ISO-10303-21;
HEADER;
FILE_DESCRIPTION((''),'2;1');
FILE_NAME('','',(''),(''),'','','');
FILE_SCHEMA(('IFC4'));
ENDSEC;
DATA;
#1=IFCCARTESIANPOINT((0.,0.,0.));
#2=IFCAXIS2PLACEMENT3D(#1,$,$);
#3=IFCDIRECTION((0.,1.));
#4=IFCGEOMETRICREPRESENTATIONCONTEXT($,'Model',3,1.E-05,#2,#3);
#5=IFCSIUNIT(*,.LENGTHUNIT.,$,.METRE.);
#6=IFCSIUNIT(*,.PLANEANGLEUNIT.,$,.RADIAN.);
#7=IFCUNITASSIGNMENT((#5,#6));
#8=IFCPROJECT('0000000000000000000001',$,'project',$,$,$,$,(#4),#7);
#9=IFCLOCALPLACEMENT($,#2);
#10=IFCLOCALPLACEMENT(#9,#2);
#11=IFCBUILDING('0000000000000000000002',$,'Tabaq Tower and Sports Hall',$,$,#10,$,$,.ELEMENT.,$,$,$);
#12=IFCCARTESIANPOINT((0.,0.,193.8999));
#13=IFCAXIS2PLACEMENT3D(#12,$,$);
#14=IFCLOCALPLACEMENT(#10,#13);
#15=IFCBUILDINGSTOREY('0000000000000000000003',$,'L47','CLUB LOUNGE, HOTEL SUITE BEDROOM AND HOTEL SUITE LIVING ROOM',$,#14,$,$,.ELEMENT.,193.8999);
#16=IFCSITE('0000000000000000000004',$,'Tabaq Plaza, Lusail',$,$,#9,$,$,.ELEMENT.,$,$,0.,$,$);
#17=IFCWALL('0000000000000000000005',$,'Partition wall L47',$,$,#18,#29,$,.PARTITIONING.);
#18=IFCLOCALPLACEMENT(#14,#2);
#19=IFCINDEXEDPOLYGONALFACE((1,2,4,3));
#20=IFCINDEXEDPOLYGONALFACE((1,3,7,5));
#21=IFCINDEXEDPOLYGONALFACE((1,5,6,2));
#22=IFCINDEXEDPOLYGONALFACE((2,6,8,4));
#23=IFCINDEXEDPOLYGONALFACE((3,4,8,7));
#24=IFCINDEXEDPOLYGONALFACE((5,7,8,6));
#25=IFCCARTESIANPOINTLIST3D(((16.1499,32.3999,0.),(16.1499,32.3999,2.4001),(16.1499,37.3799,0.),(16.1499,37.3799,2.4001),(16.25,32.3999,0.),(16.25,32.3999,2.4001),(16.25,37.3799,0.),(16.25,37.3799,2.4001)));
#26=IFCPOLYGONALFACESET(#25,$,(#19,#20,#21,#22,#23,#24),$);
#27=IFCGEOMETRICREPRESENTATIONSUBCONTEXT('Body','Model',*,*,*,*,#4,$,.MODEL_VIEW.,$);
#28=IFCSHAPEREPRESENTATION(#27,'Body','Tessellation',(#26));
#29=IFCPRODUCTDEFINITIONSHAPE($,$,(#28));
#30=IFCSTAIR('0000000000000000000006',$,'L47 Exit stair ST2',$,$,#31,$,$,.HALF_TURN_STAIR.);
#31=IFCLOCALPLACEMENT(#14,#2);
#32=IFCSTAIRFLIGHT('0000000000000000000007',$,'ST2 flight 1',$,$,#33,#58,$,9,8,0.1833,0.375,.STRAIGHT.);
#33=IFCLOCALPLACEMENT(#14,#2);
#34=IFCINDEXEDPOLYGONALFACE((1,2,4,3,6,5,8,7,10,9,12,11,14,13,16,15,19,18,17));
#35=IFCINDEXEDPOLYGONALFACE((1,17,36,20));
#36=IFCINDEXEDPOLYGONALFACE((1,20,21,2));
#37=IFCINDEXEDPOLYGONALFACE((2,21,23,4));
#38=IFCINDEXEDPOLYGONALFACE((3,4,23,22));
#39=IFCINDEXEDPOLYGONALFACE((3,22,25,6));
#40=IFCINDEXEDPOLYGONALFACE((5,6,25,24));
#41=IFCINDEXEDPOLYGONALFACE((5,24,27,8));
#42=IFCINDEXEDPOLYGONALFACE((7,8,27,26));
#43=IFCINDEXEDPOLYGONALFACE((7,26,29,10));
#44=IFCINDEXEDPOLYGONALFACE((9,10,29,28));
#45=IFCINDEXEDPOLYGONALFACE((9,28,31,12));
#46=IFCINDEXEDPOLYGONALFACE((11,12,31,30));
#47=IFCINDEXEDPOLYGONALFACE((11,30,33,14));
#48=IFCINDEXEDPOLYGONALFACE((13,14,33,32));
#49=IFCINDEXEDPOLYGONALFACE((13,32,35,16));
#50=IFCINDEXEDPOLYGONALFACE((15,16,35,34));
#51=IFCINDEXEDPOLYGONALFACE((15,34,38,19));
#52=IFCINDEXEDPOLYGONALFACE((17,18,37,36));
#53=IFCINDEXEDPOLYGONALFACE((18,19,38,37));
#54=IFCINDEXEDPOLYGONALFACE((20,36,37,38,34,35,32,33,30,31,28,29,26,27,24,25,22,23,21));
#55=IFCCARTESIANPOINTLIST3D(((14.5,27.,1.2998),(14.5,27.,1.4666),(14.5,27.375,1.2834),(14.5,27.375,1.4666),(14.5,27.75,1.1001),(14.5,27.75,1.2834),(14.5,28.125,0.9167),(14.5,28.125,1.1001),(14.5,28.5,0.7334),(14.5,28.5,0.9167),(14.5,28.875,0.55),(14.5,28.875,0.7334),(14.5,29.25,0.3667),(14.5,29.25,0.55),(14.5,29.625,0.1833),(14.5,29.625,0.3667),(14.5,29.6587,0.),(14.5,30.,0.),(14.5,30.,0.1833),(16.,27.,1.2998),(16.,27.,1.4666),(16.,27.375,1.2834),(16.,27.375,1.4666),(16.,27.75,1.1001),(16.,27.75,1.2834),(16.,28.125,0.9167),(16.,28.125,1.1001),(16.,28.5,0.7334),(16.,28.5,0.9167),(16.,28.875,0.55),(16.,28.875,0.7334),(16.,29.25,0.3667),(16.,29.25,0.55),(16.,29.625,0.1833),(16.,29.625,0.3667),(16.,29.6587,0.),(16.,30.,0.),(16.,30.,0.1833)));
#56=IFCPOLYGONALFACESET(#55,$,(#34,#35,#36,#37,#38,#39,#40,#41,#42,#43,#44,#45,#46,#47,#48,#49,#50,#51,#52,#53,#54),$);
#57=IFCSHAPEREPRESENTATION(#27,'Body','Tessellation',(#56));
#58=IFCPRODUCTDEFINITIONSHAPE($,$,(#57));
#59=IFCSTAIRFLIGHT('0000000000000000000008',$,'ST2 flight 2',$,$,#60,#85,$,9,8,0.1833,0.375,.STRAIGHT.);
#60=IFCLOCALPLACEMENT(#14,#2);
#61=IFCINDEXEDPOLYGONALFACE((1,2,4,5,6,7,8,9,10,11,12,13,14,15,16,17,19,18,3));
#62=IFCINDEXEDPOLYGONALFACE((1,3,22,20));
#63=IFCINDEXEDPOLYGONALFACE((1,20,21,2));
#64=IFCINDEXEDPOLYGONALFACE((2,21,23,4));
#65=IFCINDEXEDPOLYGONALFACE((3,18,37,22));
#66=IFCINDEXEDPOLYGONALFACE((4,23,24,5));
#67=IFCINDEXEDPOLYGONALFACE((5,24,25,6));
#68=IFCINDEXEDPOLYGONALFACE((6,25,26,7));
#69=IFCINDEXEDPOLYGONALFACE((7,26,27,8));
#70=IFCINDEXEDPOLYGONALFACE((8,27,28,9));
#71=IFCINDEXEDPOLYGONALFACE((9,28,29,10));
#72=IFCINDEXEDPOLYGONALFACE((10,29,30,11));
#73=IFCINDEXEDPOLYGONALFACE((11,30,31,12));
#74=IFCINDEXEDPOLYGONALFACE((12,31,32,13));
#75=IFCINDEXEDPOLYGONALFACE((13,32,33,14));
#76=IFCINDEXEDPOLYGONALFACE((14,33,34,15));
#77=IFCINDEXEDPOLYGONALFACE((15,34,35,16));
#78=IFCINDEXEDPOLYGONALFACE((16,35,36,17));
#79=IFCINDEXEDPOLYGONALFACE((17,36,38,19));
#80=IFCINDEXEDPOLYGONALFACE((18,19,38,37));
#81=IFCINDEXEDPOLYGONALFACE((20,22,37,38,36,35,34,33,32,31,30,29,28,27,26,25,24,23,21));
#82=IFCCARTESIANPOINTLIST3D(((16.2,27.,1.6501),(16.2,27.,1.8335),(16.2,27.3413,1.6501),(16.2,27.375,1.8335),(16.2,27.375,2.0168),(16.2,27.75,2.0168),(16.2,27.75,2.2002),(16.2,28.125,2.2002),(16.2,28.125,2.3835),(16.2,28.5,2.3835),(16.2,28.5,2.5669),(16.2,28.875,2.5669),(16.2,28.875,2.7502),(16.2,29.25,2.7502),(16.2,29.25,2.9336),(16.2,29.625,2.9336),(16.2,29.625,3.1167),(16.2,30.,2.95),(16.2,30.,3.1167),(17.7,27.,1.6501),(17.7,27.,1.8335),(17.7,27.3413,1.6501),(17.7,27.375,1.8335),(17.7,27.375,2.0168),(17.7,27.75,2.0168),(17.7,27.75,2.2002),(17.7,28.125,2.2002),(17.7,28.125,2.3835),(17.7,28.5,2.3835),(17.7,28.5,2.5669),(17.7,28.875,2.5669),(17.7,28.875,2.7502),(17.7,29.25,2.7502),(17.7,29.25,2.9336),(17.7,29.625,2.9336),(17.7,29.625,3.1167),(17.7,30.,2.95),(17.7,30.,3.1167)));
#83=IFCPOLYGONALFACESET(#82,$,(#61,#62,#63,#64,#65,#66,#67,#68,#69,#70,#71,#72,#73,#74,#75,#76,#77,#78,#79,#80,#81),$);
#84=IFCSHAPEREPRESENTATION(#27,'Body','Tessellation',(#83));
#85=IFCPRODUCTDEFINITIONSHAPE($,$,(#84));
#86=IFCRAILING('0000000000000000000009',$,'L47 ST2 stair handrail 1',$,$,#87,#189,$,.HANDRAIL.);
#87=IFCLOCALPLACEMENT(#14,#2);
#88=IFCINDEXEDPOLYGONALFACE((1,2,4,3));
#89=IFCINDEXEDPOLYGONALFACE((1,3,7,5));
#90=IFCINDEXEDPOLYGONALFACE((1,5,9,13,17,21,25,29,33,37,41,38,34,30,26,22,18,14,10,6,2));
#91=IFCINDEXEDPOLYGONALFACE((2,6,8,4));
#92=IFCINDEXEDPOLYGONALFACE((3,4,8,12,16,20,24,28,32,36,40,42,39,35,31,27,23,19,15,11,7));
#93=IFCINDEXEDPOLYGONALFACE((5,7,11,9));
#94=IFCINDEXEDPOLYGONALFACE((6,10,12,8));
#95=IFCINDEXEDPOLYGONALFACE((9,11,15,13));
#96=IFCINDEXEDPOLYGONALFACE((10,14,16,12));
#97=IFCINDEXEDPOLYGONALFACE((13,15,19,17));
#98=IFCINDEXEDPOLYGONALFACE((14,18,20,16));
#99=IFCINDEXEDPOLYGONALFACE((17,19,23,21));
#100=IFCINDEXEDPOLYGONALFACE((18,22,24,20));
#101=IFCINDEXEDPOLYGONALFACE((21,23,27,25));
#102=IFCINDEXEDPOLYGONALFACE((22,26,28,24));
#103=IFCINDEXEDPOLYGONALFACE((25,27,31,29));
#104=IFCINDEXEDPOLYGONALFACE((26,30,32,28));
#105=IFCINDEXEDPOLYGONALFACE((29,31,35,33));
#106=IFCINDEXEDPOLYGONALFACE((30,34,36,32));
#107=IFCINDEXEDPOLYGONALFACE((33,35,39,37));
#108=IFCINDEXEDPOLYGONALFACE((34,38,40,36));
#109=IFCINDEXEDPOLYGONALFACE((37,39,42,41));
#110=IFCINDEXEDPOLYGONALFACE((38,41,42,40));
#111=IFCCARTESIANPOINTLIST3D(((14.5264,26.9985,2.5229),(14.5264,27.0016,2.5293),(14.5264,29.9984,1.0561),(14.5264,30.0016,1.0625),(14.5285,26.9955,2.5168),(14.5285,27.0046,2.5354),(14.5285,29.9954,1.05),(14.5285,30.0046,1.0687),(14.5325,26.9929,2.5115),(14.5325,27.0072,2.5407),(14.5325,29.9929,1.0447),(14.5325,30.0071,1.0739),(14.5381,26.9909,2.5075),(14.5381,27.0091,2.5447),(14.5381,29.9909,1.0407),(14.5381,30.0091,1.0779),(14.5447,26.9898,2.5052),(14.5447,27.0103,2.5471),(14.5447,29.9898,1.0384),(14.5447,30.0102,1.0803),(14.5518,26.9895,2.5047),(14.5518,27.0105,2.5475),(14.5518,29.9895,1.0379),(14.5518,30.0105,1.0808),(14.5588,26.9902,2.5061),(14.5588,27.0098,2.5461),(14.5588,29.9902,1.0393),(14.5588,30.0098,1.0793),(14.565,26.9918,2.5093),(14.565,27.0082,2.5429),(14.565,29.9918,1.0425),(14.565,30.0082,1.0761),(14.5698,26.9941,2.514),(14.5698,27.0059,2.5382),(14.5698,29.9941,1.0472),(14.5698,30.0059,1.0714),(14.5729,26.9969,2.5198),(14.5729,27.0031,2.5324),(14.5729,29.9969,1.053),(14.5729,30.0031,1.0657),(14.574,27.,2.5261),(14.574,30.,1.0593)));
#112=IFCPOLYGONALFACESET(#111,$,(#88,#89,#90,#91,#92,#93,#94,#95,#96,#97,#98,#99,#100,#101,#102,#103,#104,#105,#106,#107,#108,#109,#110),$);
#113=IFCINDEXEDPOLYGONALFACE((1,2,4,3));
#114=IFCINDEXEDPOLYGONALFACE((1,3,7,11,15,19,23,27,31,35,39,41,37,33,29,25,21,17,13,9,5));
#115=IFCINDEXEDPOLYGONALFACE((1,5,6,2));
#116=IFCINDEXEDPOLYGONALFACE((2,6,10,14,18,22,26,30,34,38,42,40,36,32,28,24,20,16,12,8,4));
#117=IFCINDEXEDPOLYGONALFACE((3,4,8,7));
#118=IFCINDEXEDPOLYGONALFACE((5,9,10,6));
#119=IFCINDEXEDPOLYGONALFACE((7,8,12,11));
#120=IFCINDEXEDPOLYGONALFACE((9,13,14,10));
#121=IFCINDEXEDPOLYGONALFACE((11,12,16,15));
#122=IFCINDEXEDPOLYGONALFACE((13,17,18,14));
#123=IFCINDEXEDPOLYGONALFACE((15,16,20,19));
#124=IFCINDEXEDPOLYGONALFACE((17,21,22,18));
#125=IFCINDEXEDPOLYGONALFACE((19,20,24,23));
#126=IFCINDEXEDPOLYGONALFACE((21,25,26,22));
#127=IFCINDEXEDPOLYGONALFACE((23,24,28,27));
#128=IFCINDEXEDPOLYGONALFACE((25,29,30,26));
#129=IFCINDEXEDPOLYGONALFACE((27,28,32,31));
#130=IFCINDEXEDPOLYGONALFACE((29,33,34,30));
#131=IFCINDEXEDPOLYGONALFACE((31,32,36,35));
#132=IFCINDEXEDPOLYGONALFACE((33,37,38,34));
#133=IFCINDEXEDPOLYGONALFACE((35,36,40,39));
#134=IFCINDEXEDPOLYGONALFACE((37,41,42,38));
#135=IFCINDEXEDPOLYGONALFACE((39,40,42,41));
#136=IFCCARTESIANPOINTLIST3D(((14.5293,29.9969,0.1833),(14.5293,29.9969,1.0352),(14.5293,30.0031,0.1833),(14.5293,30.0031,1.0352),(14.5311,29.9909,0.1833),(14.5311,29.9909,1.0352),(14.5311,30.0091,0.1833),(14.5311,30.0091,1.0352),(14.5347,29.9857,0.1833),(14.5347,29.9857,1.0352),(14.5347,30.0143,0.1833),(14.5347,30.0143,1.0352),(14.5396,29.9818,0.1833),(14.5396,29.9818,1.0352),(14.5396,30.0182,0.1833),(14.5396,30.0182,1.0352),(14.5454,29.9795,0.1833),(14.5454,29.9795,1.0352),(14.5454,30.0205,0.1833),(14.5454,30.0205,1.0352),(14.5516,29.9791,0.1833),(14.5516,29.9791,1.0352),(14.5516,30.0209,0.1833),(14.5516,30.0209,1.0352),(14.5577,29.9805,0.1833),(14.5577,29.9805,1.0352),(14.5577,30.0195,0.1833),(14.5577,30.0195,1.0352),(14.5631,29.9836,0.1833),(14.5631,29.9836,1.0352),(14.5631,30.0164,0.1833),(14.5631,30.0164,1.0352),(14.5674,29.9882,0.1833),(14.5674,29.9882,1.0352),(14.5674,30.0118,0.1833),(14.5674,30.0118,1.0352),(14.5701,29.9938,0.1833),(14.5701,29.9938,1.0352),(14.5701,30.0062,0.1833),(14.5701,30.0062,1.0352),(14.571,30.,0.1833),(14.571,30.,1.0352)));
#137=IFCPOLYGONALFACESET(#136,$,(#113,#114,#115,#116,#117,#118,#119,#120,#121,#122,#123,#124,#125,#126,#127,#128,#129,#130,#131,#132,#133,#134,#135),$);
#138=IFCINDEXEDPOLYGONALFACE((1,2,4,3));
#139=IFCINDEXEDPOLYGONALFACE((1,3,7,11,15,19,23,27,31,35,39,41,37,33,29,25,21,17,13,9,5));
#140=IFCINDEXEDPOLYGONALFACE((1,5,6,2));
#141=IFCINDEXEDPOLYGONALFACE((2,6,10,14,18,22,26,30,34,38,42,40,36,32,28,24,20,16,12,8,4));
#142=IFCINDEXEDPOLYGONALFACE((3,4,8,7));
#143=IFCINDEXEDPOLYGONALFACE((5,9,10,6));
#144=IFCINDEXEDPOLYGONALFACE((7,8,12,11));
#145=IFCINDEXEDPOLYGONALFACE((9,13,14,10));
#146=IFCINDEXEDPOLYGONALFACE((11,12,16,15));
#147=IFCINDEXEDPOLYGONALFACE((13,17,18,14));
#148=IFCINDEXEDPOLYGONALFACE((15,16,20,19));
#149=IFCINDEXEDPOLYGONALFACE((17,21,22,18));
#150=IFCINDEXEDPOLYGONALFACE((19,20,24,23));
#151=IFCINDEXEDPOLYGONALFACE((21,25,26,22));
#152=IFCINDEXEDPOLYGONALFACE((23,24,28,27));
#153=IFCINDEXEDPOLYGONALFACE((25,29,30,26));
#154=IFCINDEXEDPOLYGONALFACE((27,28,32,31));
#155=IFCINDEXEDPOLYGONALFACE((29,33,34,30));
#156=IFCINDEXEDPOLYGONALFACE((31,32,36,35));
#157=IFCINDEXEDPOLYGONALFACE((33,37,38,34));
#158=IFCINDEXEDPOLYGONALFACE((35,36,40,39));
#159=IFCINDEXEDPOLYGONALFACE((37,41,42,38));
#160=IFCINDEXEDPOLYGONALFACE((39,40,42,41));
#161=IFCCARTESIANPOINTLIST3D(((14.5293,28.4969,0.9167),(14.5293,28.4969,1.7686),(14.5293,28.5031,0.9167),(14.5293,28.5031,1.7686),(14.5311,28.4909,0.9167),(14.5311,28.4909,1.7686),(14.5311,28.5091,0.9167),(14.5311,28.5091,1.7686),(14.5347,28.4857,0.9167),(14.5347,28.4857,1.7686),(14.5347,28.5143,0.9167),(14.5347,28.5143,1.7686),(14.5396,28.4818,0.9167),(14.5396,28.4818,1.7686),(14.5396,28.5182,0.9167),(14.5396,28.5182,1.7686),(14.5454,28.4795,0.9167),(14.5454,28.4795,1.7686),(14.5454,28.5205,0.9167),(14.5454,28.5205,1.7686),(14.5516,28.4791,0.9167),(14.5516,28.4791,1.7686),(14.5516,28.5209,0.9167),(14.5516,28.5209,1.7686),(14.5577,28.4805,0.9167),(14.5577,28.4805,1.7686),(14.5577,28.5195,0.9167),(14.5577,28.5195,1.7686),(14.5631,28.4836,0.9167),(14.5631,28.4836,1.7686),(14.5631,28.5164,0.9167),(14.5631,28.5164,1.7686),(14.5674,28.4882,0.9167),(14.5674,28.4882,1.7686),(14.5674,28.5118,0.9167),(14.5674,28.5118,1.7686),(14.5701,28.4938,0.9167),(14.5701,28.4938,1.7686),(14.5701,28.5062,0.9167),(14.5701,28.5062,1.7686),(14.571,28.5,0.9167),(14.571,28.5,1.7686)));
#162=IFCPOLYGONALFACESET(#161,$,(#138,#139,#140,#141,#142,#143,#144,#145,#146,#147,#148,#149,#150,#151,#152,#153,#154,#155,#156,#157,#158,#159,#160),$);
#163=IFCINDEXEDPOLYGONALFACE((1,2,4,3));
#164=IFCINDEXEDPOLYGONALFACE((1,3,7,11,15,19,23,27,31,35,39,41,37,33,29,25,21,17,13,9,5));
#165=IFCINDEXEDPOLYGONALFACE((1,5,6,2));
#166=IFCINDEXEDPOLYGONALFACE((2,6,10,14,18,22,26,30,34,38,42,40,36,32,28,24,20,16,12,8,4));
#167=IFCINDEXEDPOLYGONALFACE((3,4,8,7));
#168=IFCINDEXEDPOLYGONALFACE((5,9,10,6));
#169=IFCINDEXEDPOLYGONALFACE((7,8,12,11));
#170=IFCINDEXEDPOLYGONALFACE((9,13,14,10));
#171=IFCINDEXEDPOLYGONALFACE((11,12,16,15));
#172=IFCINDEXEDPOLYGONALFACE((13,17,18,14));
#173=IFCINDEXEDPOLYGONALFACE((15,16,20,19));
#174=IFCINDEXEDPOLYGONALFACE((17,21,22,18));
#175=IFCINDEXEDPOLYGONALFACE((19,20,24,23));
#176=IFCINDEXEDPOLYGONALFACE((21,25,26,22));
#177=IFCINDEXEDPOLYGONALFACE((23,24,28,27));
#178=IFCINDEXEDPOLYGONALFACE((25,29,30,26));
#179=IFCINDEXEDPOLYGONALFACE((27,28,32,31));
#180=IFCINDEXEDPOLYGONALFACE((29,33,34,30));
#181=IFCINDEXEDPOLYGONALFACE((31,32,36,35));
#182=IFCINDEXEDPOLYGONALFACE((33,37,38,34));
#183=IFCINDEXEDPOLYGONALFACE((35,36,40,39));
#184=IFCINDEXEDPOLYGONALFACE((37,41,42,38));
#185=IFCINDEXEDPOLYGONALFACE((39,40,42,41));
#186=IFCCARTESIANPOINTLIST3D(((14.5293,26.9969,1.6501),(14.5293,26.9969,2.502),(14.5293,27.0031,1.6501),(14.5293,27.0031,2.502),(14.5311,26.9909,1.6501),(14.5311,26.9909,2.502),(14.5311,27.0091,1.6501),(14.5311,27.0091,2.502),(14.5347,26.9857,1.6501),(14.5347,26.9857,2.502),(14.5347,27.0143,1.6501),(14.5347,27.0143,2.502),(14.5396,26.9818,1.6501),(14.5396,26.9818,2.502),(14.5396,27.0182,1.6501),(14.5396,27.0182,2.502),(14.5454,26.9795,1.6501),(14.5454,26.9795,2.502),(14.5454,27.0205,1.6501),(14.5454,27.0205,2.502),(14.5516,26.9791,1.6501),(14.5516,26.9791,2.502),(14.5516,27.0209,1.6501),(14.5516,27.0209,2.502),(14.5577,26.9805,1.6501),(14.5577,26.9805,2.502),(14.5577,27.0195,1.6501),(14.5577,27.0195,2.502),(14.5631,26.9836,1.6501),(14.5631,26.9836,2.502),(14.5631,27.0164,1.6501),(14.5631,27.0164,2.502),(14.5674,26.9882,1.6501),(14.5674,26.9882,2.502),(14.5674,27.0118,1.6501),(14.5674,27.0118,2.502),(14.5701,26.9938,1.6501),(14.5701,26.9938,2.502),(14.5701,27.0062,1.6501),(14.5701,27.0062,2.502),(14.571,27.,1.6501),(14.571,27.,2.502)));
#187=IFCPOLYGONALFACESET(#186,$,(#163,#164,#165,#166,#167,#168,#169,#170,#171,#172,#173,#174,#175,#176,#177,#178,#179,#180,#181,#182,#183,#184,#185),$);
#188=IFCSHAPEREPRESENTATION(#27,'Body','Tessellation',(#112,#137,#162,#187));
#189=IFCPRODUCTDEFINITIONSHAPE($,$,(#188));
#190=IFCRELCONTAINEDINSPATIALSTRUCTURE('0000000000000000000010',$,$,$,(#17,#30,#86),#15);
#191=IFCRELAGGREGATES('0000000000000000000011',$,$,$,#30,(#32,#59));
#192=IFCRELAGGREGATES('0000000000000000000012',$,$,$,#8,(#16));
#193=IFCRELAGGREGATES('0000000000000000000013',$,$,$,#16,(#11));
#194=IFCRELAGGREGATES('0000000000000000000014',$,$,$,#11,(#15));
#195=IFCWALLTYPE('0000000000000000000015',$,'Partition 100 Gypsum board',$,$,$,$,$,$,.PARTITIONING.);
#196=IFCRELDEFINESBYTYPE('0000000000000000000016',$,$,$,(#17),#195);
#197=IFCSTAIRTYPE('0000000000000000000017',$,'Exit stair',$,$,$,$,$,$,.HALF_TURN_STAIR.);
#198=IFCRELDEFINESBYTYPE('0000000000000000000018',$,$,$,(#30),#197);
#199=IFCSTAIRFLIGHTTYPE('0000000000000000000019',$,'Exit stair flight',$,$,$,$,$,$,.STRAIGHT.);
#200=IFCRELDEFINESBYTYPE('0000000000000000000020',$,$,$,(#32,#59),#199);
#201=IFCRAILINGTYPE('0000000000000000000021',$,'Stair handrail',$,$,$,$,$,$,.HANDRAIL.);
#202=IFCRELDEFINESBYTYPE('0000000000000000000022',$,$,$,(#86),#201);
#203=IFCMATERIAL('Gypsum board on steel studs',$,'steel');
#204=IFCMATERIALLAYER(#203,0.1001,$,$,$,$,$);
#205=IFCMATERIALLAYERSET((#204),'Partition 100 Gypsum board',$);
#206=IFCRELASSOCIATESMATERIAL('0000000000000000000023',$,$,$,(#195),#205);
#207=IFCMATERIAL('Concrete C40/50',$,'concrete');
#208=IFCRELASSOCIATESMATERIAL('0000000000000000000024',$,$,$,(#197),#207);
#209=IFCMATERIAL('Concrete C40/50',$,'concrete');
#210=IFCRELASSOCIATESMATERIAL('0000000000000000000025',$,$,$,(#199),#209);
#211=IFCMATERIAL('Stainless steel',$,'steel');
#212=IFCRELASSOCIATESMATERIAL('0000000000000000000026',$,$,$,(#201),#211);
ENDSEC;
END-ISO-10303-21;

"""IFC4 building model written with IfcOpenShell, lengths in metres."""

from ifc_helpers import new_model, si_unit, direction, frame, frame_2d, origin, origin_2d, place, context, subcontext, project, spatial, polyline, rectangle, circle, outline, extrude, material, layer, layer_set, type_object, element, aggregate, save


model = new_model("IFC4")

# Units and contexts
model_context = context("Model", 3, precision=1e-05, world=origin(), true_north=direction((0.0, 1.0)))
body_context = subcontext(model_context, "Body", "Model", "MODEL_VIEW")
ifc_project = project(units=[si_unit("LENGTHUNIT", "METRE"), si_unit("PLANEANGLEUNIT", "RADIAN")], contexts=[model_context])

# Site, building, storey
site_placement = place(None, origin())
site = spatial("IfcSite", under=ifc_project, at=site_placement, Name="Tabaq Plaza, Lusail", CompositionType="ELEMENT", RefElevation=0.0)
building_placement = place(site_placement, origin())
building = spatial("IfcBuilding", under=site, at=building_placement, Name="Tabaq Tower and Sports Hall", CompositionType="ELEMENT")
storey_placement = place(building_placement, frame((0.0, 0.0, 193.8999)))
storey = spatial("IfcBuildingStorey", under=building, at=storey_placement, Name="L47", Description="CLUB LOUNGE, HOTEL SUITE BEDROOM AND HOTEL SUITE LIVING ROOM", CompositionType="ELEMENT", Elevation=193.8999)

# Wall
ifc_material_1 = material(Name="Gypsum board on steel studs", Category="steel")
ifc_layer_1 = layer(ifc_material_1, 0.1001)
ifc_layer_set_1 = layer_set([ifc_layer_1], Name="Partition 100 Gypsum board")
wall_type_1 = type_object("IfcWallType", Name="Partition 100 Gypsum board", PredefinedType="PARTITIONING", material=ifc_layer_set_1)
wall_1_placement = place(storey_placement, frame((16.2, 37.3799, 0.0), z_axis=(0.0, 0.0, 1.0), x_axis=(0.0, -1.0, 0.0)))
element("IfcWall", 1, at=wall_1_placement, inside=storey, type_object=wall_type_1, Name="Partition wall L47", PredefinedType="PARTITIONING", context=body_context, shape_type="SweptSolid", body=[
    extrude(rectangle(XDim=4.98, YDim=0.1001, at=frame_2d((2.49, 0.0))), origin(), (0.0, 0.0, 1.0), 2.4001),
])

# Stair, stair flights
ifc_material_2 = material(Name="Concrete C40/50", Category="concrete")
stair_type = type_object("IfcStairType", Name="Exit stair", PredefinedType="HALF_TURN_STAIR", material=ifc_material_2)
stair_placement = place(storey_placement, origin())
stair = element("IfcStair", 2, at=stair_placement, inside=storey, type_object=stair_type, Name="L47 Exit stair ST2", PredefinedType="HALF_TURN_STAIR")
ifc_material_3 = material(Name="Concrete C40/50", Category="concrete")
stair_flight_type = type_object("IfcStairFlightType", Name="Exit stair flight", PredefinedType="STRAIGHT", material=ifc_material_3)
stair_flight_1_placement = place(storey_placement, frame((15.25, 30.0, 0.0), z_axis=(0.0, 0.0, 1.0), x_axis=(0.0, -1.0, 0.0)))
stair_flight_1 = element("IfcStairFlight", 3, at=stair_flight_1_placement, type_object=stair_flight_type, Name="ST2 flight 1", NumberOfRisers=9, NumberOfTreads=8, PredefinedType="STRAIGHT", RiserHeight=0.1833, TreadLength=0.375, context=body_context, shape_type="SweptSolid", body=[
    extrude(outline(polyline([(0.0, 0.0), (0.0, 0.1833), (0.375, 0.1833), (0.375, 0.3667), (0.75, 0.3667), (0.75, 0.55), (1.125, 0.55), (1.125, 0.7334), (1.5, 0.7334), (1.5, 0.9167), (1.875, 0.9167), (1.875, 1.1001), (2.25, 1.1001), (2.25, 1.2834), (2.625, 1.2834), (2.625, 1.4666), (3.0, 1.4666), (3.0, 1.6499), (3.0, 1.2998), (0.3413, 0.0), (0.0, 0.0)])), frame((0.0, 0.75, 0.0), z_axis=(0.0, -1.0, 0.0), x_axis=(1.0, 0.0, 0.0)), (0.0, 0.0, 1.0), 1.5),
])
stair_flight_2_placement = place(storey_placement, frame((16.95, 27.0, 1.6501), z_axis=(0.0, 0.0, 1.0), x_axis=(0.0, 1.0, 0.0)))
stair_flight_2 = element("IfcStairFlight", 4, at=stair_flight_2_placement, type_object=stair_flight_type, Name="ST2 flight 2", NumberOfRisers=9, NumberOfTreads=8, PredefinedType="STRAIGHT", RiserHeight=0.1833, TreadLength=0.375, context=body_context, shape_type="SweptSolid", body=[
    extrude(outline(polyline([(0.0, 0.0), (0.0, 0.1833), (0.375, 0.1833), (0.375, 0.3667), (0.75, 0.3667), (0.75, 0.55), (1.125, 0.55), (1.125, 0.7334), (1.5, 0.7334), (1.5, 0.9167), (1.875, 0.9167), (1.875, 1.1001), (2.25, 1.1001), (2.25, 1.2834), (2.625, 1.2834), (2.625, 1.4666), (3.0, 1.4666), (3.0, 1.6499), (3.0, 1.2998), (0.3413, 0.0), (0.0, 0.0)])), frame((0.0, 0.75, 0.0), z_axis=(0.0, -1.0, 0.0), x_axis=(1.0, 0.0, 0.0)), (0.0, 0.0, 1.0), 1.5),
])
aggregate(stair, [stair_flight_1, stair_flight_2])

# Railing
ifc_material_4 = material(Name="Stainless steel", Category="steel")
railing_type_1 = type_object("IfcRailingType", Name="Stair handrail", PredefinedType="HANDRAIL", material=ifc_material_4)
railing_1_placement = place(storey_placement, frame((14.55, 30.0, 0.1833)))
element("IfcRailing", 5, at=railing_1_placement, inside=storey, type_object=railing_type_1, Name="L47 ST2 stair handrail 1", PredefinedType="HANDRAIL", context=body_context, shape_type="SweptSolid", body=[
    extrude(circle(Radius=0.0239, at=origin_2d()), frame((0.0, 0.0, 0.876), z_axis=(0.0, -0.898369, 0.439242), x_axis=(1.0, 0.0, 0.0)), (0.0, 0.0, 1.0), 3.3394),
    extrude(circle(Radius=0.021, at=origin_2d()), origin(), (0.0, 0.0, 1.0), 0.8518),
    extrude(circle(Radius=0.021, at=origin_2d()), frame((0.0, -1.5, 0.7334)), (0.0, 0.0, 1.0), 0.8518),
    extrude(circle(Radius=0.021, at=origin_2d()), frame((0.0, -3.0, 1.4668)), (0.0, 0.0, 1.0), 0.8518),
])

save(model, "model.ifc")
